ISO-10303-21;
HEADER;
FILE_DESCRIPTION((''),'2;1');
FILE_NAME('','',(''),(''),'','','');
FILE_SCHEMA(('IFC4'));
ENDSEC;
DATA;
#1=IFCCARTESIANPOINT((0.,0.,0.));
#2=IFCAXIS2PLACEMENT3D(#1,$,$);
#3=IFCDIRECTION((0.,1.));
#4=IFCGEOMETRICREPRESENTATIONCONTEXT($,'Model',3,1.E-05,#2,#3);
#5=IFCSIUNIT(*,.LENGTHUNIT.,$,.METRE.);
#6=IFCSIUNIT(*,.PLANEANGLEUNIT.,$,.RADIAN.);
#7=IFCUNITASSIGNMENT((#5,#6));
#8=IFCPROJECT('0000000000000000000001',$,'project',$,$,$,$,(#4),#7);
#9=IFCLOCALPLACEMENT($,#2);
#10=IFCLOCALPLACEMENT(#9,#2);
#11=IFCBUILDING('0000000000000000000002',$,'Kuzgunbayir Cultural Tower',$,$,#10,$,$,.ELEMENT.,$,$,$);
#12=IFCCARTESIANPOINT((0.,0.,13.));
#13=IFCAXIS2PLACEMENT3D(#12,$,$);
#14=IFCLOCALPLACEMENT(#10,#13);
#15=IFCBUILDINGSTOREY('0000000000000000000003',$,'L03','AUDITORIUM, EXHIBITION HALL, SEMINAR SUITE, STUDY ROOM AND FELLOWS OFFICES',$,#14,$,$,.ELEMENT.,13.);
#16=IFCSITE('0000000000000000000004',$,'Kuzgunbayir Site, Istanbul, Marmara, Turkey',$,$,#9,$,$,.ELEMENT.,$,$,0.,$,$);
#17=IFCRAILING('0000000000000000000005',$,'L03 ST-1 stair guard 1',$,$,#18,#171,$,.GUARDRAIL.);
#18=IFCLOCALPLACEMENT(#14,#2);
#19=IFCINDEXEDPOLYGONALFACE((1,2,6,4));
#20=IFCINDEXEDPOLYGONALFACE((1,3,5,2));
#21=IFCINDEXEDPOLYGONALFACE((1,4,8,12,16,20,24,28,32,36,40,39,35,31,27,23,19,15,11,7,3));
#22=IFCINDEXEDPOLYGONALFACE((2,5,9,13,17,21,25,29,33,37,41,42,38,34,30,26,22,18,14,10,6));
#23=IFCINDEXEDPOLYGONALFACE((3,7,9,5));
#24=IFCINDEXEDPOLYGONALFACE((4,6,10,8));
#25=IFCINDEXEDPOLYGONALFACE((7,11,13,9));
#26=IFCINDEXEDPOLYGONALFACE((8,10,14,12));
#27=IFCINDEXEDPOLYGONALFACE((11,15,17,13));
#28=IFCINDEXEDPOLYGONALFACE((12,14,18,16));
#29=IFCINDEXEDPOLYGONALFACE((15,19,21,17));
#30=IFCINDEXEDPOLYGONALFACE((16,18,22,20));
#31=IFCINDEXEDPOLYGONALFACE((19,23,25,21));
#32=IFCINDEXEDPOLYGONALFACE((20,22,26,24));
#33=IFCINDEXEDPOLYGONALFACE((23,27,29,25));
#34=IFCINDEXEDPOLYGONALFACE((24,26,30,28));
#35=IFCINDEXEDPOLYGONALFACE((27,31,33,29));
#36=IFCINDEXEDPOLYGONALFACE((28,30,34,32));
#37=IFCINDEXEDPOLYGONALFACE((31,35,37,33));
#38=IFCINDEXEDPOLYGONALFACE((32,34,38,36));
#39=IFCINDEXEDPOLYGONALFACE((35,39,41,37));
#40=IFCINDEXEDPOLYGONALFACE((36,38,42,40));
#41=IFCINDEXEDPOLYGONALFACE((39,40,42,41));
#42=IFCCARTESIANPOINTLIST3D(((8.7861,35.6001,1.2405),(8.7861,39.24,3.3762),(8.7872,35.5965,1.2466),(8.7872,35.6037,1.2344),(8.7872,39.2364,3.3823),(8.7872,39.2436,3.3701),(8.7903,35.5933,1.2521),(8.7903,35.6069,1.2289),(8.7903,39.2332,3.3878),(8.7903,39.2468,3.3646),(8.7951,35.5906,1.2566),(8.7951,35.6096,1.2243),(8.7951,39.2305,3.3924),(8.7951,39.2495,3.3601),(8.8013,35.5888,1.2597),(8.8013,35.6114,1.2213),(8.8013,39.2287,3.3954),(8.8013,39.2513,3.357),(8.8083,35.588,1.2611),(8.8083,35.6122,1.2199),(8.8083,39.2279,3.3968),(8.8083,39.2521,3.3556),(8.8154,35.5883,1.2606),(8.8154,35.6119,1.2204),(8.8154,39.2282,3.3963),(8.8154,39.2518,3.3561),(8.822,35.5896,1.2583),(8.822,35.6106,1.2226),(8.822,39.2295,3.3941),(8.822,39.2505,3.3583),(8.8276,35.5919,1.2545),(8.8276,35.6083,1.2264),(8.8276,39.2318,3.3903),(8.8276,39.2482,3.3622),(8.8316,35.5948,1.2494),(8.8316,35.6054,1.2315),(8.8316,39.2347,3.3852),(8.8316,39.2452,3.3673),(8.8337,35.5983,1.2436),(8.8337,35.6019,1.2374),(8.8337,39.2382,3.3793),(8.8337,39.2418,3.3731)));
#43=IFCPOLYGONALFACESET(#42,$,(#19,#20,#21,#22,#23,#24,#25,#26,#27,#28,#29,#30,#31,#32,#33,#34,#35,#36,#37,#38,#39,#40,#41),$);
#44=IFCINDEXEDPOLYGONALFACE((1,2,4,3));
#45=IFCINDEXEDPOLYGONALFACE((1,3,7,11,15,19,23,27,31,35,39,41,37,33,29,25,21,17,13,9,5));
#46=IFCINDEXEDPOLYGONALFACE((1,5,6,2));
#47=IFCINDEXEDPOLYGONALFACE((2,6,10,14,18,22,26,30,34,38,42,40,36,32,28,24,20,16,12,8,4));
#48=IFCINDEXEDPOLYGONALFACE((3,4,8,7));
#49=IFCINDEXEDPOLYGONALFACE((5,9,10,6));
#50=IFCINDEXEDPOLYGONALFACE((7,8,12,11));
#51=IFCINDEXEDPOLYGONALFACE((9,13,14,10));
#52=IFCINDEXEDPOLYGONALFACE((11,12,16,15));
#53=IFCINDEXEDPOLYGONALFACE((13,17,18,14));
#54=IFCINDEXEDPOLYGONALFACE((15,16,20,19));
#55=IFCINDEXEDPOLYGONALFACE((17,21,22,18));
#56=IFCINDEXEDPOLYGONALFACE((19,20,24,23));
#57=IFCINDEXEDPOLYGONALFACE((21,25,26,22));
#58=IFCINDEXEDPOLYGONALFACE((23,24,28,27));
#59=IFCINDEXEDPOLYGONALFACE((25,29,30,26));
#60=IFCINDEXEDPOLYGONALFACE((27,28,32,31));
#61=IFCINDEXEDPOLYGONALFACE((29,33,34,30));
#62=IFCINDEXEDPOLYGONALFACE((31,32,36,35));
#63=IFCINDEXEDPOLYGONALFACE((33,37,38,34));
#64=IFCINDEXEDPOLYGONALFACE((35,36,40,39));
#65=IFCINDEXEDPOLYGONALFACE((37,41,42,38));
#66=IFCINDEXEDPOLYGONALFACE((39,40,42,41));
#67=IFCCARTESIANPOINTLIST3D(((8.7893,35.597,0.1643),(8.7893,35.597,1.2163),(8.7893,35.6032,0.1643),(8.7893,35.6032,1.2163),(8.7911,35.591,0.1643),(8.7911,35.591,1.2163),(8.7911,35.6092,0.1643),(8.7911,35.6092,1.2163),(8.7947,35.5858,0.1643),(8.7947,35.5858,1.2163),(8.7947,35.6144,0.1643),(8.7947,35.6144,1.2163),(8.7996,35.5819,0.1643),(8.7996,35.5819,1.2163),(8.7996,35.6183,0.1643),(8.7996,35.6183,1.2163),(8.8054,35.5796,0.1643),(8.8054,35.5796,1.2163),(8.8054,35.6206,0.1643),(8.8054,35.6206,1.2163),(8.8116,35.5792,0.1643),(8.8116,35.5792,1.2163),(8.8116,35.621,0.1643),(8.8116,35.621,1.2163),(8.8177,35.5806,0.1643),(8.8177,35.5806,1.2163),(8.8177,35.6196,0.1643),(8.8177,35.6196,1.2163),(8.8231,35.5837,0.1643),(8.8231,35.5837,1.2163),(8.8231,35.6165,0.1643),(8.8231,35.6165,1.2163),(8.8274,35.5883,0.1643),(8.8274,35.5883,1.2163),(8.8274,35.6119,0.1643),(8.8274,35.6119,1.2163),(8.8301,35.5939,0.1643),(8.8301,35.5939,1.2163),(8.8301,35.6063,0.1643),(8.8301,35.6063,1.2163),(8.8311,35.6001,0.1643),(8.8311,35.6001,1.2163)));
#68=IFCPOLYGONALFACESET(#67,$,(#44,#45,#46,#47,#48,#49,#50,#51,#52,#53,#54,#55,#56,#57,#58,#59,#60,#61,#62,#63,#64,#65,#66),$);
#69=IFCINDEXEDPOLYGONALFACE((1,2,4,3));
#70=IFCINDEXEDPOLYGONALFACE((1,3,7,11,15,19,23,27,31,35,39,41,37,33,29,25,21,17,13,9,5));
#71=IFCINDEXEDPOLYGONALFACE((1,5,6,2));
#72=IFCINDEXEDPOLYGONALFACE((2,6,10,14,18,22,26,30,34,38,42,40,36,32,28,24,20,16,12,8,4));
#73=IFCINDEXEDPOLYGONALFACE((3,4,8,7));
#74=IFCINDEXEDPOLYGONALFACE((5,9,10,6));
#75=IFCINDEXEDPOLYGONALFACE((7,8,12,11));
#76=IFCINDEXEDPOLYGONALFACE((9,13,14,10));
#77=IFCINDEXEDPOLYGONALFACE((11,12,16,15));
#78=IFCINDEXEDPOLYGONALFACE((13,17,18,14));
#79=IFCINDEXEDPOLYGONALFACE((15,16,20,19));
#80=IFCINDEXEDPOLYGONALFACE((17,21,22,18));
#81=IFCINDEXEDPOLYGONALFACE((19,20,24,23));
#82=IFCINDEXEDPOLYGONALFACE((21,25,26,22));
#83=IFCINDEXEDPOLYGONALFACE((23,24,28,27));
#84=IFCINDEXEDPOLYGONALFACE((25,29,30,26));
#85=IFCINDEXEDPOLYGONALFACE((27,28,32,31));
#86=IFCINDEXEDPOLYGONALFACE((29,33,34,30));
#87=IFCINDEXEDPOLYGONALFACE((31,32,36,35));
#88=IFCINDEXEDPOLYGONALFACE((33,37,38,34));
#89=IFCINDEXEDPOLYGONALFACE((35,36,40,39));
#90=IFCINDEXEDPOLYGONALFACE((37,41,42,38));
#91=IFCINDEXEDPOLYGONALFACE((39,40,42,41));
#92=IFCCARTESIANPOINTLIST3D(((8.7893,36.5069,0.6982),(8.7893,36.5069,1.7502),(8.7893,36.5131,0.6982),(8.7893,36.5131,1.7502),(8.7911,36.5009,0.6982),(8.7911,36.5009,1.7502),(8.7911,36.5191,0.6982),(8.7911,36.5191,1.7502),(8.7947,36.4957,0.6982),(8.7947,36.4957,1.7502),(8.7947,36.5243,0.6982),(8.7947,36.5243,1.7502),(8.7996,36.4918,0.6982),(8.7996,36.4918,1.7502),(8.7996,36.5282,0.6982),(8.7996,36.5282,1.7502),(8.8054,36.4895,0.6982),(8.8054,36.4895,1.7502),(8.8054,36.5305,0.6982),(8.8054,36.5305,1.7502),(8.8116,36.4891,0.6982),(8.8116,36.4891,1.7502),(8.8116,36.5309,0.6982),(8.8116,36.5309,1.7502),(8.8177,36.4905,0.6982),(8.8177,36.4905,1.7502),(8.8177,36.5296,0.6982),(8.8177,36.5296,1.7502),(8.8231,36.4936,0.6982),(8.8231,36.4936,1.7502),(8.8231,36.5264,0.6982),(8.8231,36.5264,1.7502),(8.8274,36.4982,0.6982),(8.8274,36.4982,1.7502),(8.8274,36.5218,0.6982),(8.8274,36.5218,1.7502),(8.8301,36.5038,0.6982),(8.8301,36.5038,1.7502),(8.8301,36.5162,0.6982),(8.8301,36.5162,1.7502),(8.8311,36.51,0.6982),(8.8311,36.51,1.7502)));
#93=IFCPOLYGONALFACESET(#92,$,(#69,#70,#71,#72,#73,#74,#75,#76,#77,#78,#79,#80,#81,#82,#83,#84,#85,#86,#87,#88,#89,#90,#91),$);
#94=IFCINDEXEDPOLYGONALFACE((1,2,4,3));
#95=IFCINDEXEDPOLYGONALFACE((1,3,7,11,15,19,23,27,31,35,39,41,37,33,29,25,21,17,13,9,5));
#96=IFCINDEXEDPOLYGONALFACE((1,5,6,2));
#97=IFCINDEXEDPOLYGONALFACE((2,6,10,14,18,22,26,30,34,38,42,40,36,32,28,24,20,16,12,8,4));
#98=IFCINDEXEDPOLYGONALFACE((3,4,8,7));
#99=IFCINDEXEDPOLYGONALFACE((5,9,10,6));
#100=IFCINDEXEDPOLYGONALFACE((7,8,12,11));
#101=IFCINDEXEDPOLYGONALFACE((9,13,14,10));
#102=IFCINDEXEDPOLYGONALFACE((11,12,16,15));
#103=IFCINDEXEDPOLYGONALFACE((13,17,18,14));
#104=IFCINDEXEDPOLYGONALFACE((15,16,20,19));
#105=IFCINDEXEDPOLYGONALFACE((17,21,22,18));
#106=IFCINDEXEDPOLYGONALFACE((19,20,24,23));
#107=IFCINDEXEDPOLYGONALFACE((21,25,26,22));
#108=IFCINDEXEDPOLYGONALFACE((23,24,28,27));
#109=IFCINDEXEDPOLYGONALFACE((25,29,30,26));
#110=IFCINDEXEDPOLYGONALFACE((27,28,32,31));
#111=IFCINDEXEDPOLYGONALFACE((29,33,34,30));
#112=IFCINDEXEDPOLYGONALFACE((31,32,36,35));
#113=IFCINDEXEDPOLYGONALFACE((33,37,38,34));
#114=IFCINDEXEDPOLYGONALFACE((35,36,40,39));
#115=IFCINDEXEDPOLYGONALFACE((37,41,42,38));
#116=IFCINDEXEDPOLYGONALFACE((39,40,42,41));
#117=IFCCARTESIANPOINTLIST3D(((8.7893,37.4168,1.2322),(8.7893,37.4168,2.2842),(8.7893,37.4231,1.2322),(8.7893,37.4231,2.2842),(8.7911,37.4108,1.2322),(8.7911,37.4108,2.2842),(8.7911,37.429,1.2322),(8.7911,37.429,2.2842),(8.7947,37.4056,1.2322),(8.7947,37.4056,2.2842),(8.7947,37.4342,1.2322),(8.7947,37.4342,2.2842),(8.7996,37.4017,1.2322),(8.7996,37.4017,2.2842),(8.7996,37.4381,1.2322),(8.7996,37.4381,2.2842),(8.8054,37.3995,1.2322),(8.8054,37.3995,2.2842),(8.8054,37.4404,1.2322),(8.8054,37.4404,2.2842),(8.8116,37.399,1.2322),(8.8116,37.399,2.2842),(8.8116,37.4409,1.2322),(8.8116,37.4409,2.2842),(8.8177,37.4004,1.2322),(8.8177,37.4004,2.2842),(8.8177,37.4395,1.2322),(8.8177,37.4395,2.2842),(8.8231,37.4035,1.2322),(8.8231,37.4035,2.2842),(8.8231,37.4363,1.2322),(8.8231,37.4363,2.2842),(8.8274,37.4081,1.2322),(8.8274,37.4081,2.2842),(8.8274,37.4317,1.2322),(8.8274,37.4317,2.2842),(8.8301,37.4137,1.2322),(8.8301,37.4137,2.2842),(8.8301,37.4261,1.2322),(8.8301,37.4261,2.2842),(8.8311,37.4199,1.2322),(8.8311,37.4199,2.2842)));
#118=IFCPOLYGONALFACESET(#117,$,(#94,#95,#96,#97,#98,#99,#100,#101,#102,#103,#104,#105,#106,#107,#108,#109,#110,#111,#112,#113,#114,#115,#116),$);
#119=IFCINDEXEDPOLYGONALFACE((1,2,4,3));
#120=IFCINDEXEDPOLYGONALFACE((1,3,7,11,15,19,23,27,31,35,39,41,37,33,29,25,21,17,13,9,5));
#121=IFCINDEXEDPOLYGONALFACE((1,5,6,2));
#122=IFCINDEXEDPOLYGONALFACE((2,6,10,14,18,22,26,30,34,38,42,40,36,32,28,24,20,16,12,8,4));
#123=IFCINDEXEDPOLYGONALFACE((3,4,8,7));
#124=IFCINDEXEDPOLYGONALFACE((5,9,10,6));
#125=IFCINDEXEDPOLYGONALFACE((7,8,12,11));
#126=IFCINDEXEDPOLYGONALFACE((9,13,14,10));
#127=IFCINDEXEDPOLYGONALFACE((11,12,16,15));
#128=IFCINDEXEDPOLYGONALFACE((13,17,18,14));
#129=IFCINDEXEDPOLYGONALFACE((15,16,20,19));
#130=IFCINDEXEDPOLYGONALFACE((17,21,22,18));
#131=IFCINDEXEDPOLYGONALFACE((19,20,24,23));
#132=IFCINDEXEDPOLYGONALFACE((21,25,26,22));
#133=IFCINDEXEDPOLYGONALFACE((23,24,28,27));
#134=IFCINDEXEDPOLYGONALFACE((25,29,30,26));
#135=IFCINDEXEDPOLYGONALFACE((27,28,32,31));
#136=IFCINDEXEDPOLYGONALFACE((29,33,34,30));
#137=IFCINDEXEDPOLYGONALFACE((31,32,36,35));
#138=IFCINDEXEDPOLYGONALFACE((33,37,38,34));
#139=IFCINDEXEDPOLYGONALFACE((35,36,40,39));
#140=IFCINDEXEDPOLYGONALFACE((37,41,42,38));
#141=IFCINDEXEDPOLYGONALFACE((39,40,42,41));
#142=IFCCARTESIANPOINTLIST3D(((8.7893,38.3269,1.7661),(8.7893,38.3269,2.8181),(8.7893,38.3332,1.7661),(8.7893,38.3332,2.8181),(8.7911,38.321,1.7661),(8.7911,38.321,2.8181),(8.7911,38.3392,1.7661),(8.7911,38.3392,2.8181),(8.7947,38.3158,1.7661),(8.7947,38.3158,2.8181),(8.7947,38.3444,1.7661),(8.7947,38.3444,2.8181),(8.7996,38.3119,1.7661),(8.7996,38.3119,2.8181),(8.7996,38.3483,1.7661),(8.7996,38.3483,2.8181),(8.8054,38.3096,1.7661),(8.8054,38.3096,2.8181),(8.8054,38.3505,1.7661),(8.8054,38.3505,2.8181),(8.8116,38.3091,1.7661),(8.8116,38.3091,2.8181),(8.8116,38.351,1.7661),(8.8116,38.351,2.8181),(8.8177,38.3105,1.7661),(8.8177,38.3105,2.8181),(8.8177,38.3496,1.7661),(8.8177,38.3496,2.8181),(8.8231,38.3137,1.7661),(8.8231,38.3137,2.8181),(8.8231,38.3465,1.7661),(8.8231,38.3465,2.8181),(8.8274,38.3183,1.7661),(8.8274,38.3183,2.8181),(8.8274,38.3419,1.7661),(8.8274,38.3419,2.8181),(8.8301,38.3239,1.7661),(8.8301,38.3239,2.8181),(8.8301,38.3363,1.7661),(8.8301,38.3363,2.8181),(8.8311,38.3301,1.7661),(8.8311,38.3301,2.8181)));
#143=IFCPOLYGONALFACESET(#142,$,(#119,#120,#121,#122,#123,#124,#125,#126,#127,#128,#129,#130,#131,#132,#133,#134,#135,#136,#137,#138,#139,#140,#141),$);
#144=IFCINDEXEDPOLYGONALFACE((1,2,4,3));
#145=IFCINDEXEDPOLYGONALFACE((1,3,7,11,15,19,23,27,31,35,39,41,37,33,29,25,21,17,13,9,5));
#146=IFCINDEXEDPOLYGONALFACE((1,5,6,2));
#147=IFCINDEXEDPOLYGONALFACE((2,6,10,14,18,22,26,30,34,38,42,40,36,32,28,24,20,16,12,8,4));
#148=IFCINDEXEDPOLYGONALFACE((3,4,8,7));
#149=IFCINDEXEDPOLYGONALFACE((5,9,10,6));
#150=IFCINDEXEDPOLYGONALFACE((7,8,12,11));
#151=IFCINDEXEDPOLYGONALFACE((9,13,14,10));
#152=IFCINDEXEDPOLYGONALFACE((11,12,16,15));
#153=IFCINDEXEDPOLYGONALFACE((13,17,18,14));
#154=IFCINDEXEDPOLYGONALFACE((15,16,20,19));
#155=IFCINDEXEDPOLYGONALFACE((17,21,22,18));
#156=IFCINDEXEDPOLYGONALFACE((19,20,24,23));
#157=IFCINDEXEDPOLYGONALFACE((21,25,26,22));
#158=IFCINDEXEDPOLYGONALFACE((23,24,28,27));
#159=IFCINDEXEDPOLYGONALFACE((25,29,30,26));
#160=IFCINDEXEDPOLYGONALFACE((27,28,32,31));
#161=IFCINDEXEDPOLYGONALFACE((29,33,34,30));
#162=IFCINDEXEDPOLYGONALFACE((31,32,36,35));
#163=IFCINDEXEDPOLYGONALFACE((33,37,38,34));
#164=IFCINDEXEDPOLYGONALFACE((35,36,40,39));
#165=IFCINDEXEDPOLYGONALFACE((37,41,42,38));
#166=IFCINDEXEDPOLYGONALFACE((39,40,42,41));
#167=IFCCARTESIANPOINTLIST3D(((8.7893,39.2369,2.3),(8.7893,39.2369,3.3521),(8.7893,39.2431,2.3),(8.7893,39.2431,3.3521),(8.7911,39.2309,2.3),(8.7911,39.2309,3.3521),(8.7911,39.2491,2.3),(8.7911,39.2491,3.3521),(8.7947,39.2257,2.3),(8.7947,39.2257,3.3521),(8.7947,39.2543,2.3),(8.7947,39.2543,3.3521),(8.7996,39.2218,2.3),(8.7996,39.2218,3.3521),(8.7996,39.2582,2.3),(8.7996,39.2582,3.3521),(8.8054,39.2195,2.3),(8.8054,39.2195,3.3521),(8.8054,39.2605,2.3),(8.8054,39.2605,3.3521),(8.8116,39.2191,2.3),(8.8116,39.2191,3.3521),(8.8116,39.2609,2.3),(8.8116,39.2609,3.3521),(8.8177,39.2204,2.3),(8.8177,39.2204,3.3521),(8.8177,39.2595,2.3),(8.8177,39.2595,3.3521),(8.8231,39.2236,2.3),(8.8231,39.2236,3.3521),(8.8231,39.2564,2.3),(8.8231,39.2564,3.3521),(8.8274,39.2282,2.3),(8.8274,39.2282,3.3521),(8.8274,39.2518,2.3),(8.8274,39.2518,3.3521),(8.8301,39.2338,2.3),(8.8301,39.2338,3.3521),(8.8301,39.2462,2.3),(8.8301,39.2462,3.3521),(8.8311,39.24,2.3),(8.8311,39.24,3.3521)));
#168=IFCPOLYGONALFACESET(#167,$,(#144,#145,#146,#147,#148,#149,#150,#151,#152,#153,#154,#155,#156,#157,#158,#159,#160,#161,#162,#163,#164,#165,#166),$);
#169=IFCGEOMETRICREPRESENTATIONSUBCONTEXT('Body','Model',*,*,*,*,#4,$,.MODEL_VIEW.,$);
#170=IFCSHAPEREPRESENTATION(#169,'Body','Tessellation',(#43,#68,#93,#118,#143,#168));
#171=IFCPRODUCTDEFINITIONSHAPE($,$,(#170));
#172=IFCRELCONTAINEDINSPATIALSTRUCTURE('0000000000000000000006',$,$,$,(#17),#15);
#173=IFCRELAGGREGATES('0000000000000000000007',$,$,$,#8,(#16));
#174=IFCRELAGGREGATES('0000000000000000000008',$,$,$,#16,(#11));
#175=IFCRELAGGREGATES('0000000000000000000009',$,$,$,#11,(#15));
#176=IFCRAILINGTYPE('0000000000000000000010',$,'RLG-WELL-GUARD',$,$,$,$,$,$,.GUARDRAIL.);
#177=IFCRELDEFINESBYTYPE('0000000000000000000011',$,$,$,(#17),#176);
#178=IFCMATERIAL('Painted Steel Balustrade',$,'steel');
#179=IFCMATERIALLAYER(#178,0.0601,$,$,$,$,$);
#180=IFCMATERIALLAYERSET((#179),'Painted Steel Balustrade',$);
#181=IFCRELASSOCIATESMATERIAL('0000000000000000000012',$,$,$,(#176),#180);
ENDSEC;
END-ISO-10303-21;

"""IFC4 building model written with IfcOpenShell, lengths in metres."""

from ifc_helpers import new_model, si_unit, direction, frame, origin, origin_2d, place, context, subcontext, project, spatial, circle, extrude, material, layer, layer_set, type_object, element, save


model = new_model("IFC4")

# Units and contexts
model_context = context("Model", 3, precision=1e-05, world=origin(), true_north=direction((0.0, 1.0)))
body_context = subcontext(model_context, "Body", "Model", "MODEL_VIEW")
ifc_project = project(units=[si_unit("LENGTHUNIT", "METRE"), si_unit("PLANEANGLEUNIT", "RADIAN")], contexts=[model_context])

# Site, building, storey
site_placement = place(None, origin())
site = spatial("IfcSite", under=ifc_project, at=site_placement, Name="Kuzgunbayir Site, Istanbul, Marmara, Turkey", CompositionType="ELEMENT", RefElevation=0.0)
building_placement = place(site_placement, origin())
building = spatial("IfcBuilding", under=site, at=building_placement, Name="Kuzgunbayir Cultural Tower", CompositionType="ELEMENT")
storey_placement = place(building_placement, frame((0.0, 0.0, 13.0)))
storey = spatial("IfcBuildingStorey", under=building, at=storey_placement, Name="L03", Description="AUDITORIUM, EXHIBITION HALL, SEMINAR SUITE, STUDY ROOM AND FELLOWS OFFICES", CompositionType="ELEMENT", Elevation=13.0)

# Railing
ifc_material_1 = material(Name="Painted Steel Balustrade", Category="steel")
ifc_layer_1 = layer(ifc_material_1, 0.0601)
ifc_layer_set_1 = layer_set([ifc_layer_1], Name="Painted Steel Balustrade")
railing_type_1 = type_object("IfcRailingType", Name="RLG-WELL-GUARD", PredefinedType="GUARDRAIL", material=ifc_layer_set_1)
railing_1_placement = place(storey_placement, frame((8.8101, 35.6001, 0.1643)))
element("IfcRailing", 1, at=railing_1_placement, inside=storey, type_object=railing_type_1, Name="L03 ST-1 stair guard 1", PredefinedType="GUARDRAIL", context=body_context, shape_type="SweptSolid", body=[
    extrude(circle(Radius=0.0239, at=origin_2d()), frame((0.0, 0.0, 1.0762), z_axis=(0.0, 0.86249, 0.506074), x_axis=(-1.0, 0.0, 0.0)), (0.0, 0.0, 1.0), 4.2202),
    extrude(circle(Radius=0.021, at=origin_2d()), origin(), (0.0, 0.0, 1.0), 1.052),
    extrude(circle(Radius=0.021, at=origin_2d()), frame((0.0, 0.9099, 0.5339)), (0.0, 0.0, 1.0), 1.052),
    extrude(circle(Radius=0.021, at=origin_2d()), frame((0.0, 1.8198, 1.0679)), (0.0, 0.0, 1.0), 1.052),
    extrude(circle(Radius=0.021, at=origin_2d()), frame((0.0, 2.73, 1.6018)), (0.0, 0.0, 1.0), 1.052),
    extrude(circle(Radius=0.021, at=origin_2d()), frame((0.0, 3.6399, 2.1357)), (0.0, 0.0, 1.0), 1.052),
])

save(model, "model.ifc")
